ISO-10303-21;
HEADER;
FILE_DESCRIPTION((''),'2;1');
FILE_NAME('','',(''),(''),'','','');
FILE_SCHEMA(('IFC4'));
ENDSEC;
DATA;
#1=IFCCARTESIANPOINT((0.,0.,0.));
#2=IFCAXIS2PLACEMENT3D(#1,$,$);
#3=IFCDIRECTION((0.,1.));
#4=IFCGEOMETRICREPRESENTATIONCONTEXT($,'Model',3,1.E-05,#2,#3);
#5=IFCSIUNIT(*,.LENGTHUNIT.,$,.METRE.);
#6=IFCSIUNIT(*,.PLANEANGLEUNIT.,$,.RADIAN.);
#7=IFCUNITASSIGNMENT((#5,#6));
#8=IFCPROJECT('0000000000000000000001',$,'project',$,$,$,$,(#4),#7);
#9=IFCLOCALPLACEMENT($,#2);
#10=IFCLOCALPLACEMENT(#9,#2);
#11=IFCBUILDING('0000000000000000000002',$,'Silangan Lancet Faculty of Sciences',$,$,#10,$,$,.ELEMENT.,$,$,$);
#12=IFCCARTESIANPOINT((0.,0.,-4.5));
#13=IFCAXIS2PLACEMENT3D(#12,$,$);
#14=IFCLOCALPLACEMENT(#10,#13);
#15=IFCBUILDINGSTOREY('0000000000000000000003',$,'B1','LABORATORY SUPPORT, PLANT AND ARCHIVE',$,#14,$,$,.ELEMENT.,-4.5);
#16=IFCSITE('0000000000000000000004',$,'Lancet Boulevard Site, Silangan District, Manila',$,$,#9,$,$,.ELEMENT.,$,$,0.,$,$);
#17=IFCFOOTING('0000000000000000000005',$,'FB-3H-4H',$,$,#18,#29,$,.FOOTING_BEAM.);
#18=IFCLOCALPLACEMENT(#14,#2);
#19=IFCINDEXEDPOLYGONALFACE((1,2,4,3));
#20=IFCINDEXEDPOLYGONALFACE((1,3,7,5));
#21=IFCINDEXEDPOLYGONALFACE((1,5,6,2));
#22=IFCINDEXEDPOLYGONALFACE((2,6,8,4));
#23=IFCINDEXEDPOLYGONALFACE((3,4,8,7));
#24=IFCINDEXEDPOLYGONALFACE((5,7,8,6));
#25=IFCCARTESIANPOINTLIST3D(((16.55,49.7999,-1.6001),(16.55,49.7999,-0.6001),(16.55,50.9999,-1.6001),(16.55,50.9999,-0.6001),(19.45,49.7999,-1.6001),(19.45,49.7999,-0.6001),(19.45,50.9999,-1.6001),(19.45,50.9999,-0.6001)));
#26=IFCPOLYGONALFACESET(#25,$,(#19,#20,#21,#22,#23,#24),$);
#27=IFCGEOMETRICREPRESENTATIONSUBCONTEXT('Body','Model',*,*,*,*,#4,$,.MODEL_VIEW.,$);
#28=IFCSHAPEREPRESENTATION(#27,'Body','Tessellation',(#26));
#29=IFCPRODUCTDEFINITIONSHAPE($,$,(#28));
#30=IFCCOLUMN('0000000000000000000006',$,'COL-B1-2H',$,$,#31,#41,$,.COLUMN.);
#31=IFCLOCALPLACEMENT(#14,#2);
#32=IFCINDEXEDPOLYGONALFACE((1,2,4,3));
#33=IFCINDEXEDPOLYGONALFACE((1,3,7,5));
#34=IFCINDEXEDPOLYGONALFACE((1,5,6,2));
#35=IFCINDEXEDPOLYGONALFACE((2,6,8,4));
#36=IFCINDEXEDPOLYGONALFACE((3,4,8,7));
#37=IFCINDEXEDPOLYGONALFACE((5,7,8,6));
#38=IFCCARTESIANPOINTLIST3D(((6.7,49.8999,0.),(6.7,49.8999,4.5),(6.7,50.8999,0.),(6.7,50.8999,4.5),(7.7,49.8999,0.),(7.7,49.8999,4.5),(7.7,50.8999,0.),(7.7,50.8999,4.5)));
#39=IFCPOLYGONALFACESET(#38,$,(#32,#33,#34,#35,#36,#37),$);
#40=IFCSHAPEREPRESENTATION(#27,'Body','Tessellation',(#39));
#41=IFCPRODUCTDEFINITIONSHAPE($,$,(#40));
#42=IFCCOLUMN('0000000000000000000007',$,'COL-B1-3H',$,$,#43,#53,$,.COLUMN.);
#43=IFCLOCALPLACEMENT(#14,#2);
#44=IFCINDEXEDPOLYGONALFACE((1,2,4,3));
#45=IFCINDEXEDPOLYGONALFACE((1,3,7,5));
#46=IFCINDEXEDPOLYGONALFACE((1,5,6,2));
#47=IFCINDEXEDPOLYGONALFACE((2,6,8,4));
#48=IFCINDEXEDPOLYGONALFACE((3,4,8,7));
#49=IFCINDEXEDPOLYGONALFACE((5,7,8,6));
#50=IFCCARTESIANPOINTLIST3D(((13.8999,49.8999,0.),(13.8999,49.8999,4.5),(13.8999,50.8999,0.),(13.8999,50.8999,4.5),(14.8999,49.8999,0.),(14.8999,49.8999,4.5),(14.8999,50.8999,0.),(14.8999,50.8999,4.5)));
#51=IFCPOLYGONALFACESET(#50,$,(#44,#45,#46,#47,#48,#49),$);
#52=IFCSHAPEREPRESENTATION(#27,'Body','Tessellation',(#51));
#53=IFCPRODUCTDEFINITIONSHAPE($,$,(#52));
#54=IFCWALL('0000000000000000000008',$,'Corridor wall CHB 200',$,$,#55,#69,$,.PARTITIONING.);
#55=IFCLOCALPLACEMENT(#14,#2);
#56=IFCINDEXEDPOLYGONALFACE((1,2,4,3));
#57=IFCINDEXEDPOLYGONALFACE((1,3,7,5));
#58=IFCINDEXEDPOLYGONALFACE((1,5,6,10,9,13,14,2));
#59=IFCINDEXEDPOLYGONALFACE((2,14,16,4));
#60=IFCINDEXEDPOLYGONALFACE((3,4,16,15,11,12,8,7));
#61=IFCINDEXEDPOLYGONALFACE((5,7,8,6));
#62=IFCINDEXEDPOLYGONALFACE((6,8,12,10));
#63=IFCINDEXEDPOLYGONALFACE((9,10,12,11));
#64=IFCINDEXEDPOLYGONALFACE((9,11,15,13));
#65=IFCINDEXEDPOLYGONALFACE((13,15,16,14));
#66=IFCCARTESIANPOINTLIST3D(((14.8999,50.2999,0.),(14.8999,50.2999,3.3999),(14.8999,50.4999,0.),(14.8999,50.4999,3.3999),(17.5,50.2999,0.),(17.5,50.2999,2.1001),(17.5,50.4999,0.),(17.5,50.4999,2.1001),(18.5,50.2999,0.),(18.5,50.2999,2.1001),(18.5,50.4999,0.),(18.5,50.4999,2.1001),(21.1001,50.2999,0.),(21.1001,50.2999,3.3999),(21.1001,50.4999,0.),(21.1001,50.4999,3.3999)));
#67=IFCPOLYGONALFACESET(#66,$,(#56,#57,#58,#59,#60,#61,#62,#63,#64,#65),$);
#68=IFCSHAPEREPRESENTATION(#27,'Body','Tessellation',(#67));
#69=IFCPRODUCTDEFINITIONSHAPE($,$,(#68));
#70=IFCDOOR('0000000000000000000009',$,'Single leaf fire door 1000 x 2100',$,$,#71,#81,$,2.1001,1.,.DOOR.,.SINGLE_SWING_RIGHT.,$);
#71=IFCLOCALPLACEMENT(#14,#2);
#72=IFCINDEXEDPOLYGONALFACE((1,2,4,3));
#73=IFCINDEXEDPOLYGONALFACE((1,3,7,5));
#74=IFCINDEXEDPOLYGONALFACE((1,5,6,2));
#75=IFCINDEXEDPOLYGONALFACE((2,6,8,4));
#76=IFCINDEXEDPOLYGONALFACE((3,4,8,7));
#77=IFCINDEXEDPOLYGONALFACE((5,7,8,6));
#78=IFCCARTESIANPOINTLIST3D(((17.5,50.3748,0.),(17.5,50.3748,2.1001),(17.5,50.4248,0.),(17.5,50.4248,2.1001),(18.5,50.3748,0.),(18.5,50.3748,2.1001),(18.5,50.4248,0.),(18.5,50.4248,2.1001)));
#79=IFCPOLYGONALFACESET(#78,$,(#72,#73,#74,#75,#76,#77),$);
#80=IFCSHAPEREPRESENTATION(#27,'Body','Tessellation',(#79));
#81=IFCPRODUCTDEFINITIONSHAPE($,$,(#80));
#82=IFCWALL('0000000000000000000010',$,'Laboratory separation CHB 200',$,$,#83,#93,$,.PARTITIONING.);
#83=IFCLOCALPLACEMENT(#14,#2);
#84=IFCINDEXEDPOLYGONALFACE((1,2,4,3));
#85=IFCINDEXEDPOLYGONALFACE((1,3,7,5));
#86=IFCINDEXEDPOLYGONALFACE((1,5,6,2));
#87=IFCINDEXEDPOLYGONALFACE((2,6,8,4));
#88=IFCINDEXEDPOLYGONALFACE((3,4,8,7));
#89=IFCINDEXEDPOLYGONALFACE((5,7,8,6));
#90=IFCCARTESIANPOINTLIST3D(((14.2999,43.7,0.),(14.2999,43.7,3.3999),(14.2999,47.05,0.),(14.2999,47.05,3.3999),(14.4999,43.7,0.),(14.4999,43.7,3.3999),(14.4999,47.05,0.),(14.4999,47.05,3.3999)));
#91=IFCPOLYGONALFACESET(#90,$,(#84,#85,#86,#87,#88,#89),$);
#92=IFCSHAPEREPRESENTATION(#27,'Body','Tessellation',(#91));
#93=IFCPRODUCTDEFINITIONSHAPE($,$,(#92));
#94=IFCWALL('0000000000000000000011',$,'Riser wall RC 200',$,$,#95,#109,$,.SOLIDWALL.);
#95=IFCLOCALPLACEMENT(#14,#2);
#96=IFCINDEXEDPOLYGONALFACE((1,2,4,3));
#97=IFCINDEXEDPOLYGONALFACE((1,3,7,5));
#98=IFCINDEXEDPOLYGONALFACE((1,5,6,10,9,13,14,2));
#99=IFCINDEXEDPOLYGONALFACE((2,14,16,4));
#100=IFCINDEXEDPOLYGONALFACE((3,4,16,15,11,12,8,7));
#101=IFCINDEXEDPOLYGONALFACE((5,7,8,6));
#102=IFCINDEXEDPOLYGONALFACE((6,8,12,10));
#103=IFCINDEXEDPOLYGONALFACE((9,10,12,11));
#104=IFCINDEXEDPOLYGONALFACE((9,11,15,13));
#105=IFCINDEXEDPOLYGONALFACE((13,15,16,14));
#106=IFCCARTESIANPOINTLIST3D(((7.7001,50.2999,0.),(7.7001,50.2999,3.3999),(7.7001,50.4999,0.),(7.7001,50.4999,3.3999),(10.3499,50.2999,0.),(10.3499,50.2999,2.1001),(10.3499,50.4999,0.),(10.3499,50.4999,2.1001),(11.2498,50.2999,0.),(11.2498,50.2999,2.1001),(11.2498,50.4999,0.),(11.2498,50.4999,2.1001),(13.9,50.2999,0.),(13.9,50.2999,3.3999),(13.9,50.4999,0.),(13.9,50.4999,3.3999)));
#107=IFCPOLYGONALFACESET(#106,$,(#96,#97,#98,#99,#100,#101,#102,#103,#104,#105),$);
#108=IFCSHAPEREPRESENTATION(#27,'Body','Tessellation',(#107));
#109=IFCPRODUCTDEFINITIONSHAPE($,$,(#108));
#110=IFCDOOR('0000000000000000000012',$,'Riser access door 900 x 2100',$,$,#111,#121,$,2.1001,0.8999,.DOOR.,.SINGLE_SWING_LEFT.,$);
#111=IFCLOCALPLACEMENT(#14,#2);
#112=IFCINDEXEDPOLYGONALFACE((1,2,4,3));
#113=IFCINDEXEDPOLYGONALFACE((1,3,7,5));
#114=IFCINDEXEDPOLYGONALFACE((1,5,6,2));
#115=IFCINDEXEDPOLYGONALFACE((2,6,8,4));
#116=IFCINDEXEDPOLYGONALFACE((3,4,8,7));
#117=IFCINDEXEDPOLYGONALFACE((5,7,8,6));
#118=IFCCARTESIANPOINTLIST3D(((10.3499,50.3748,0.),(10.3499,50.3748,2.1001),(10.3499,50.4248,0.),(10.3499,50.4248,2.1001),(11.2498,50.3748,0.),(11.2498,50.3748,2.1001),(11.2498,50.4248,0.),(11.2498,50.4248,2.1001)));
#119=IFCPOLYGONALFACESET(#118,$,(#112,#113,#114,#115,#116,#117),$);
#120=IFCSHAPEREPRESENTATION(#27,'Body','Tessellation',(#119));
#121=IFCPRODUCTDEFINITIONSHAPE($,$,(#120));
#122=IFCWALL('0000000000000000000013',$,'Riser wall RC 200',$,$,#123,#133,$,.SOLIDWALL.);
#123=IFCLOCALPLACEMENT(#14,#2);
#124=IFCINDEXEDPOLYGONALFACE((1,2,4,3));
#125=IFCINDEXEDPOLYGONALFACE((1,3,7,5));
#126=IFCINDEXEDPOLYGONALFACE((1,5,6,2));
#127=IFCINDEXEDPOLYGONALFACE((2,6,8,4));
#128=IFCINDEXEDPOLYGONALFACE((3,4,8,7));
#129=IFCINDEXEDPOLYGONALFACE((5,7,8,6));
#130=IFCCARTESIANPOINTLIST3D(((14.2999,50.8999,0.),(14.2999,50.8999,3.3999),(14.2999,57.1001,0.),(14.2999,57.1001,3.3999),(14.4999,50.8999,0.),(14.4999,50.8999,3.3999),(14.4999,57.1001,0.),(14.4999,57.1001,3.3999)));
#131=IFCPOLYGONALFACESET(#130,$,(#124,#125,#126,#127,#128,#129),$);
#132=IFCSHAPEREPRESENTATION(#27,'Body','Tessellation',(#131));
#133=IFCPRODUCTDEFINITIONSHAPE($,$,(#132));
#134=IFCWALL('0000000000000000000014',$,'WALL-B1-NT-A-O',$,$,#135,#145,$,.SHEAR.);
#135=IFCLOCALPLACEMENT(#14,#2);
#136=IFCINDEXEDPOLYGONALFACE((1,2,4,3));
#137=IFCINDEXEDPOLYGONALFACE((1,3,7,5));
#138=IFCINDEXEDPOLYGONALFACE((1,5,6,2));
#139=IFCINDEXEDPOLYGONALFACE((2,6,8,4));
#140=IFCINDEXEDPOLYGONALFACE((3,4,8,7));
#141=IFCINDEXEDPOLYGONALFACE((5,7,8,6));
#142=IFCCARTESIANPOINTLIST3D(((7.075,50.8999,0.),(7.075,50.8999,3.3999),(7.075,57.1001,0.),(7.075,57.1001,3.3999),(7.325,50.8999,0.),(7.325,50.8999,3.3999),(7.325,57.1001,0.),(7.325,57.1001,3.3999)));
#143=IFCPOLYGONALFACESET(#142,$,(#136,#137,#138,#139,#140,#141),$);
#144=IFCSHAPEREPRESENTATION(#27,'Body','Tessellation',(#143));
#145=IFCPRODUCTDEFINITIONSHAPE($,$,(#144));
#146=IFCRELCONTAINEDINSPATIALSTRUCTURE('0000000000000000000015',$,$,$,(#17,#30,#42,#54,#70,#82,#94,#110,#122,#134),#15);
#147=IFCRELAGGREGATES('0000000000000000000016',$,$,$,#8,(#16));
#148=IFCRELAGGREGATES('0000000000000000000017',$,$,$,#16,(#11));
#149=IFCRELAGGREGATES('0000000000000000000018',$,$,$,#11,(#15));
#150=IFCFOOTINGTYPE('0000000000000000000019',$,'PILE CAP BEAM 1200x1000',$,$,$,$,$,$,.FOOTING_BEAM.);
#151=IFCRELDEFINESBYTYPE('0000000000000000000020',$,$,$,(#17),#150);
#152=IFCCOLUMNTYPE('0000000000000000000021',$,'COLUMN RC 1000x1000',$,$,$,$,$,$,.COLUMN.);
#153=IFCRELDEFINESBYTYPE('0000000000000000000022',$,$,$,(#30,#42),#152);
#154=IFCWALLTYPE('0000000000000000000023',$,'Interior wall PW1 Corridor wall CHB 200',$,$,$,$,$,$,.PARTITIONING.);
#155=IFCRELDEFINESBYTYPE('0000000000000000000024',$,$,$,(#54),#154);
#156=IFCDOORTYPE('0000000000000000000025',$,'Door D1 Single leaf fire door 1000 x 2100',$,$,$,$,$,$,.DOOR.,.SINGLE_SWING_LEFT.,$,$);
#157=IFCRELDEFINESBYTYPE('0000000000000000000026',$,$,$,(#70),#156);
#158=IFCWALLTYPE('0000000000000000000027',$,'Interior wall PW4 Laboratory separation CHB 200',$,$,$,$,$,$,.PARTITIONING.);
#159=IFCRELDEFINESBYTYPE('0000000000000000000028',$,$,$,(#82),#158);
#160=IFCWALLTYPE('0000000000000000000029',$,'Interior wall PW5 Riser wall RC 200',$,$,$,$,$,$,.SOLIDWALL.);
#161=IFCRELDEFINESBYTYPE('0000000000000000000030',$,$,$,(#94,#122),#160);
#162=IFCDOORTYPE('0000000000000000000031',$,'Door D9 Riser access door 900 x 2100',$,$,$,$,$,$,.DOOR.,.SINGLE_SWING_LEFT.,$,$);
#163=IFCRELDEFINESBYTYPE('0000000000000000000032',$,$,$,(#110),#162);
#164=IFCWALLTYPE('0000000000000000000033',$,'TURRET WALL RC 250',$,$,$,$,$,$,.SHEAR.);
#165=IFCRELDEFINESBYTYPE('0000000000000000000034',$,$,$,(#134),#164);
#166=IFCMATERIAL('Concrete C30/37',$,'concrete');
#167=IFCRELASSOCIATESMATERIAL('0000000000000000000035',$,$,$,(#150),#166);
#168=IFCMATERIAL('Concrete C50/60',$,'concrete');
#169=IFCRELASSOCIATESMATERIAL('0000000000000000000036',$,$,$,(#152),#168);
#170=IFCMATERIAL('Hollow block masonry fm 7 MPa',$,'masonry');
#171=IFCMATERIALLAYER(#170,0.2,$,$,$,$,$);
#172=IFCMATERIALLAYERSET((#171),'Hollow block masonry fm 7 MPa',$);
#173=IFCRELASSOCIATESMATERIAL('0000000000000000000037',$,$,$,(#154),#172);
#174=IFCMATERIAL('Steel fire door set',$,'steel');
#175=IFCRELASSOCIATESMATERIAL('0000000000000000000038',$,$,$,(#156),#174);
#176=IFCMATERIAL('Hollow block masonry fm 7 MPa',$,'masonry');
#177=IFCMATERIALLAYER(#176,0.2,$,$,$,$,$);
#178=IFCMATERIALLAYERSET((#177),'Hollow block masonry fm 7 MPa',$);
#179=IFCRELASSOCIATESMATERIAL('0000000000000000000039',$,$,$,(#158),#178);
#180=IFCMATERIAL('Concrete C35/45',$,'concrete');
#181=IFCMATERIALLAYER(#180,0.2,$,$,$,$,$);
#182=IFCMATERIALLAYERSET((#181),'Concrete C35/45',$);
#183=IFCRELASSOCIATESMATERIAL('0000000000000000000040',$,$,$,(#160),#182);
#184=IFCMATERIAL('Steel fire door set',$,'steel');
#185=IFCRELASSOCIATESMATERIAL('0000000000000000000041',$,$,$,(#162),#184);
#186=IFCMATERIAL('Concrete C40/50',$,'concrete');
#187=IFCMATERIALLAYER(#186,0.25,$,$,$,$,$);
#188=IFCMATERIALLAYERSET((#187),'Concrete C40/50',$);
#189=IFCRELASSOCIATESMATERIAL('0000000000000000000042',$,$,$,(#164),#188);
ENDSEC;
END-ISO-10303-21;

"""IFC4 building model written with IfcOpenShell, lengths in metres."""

from ifc_helpers import new_model, si_unit, direction, frame, frame_2d, origin, origin_2d, place, context, subcontext, project, spatial, rectangle, extrude, material, layer, layer_set, material_profile, profile_set, type_object, element, fill, save


model = new_model("IFC4")

# Units and contexts
model_context = context("Model", 3, precision=1e-05, world=origin(), true_north=direction((0.0, 1.0)))
body_context = subcontext(model_context, "Body", "Model", "MODEL_VIEW")
ifc_project = project(units=[si_unit("LENGTHUNIT", "METRE"), si_unit("PLANEANGLEUNIT", "RADIAN")], contexts=[model_context])

# Site, building, storey
site_placement = place(None, origin())
site = spatial("IfcSite", under=ifc_project, at=site_placement, Name="Lancet Boulevard Site, Silangan District, Manila", CompositionType="ELEMENT", RefElevation=0.0)
building_placement = place(site_placement, origin())
building = spatial("IfcBuilding", under=site, at=building_placement, Name="Silangan Lancet Faculty of Sciences", CompositionType="ELEMENT")
storey_placement = place(building_placement, frame((0.0, 0.0, -4.5)))
storey = spatial("IfcBuildingStorey", under=building, at=storey_placement, Name="B1", Description="LABORATORY SUPPORT, PLANT AND ARCHIVE", CompositionType="ELEMENT", Elevation=-4.5)

# Footing
ifc_material_1 = material(Name="Concrete C30/37", Category="concrete")
footing_type_1 = type_object("IfcFootingType", Name="PILE CAP BEAM 1200x1000", PredefinedType="FOOTING_BEAM", material=ifc_material_1)
for number, where, z_axis, x_axis, name in (
    (1, (18.0, 50.3999, -1.6001), (0.0, 0.0, 1.0), (1.0, 0.0, 0.0), "FB-3H-4H"),
):
    element("IfcFooting", number, at=place(storey_placement, frame(where, z_axis=z_axis, x_axis=x_axis)), inside=storey, type_object=footing_type_1, Name=name, PredefinedType="FOOTING_BEAM", context=body_context, shape_type="SweptSolid", body=[
        extrude(rectangle(XDim=2.8999, YDim=1.2, at=origin_2d()), origin(), (0.0, 0.0, 1.0), 1.0),
    ])

# Columns
ifc_material_2 = material(Name="Concrete C50/60", Category="concrete")
ifc_material_profile_1 = material_profile(ifc_material_2, rectangle(XDim=1.0, YDim=1.0, at=origin_2d()), Name="RC 1000x1000")
ifc_profile_set_1 = profile_set([ifc_material_profile_1], Name="Concrete C50/60")
column_type = type_object("IfcColumnType", Name="COLUMN RC 1000x1000", PredefinedType="COLUMN", material=ifc_profile_set_1)
for number, where, z_axis, x_axis, name in (
    (2, (7.2, 50.3999, 0.0), (0.0, 0.0, 1.0), (1.0, 0.0, 0.0), "COL-B1-2H"),
    (3, (14.3999, 50.3999, 0.0), (0.0, 0.0, 1.0), (1.0, 0.0, 0.0), "COL-B1-3H"),
):
    element("IfcColumn", number, at=place(storey_placement, frame(where, z_axis=z_axis, x_axis=x_axis)), inside=storey, type_object=column_type, Name=name, PredefinedType="COLUMN", context=body_context, shape_type="SweptSolid", body=[
        extrude(rectangle(XDim=1.0, YDim=1.0, at=origin_2d()), origin(), (0.0, 0.0, 1.0), 4.5),
    ])

# Wall, opening, door
ifc_material_3 = material(Name="Hollow block masonry fm 7 MPa", Category="masonry")
ifc_layer_1 = layer(ifc_material_3, 0.2)
ifc_layer_set_1 = layer_set([ifc_layer_1], Name="Hollow block masonry fm 7 MPa")
wall_type_1 = type_object("IfcWallType", Name="Interior wall PW1 Corridor wall CHB 200", PredefinedType="PARTITIONING", material=ifc_layer_set_1)
wall_1_placement = place(storey_placement, frame((14.8999, 50.3999, 0.0), z_axis=(0.0, 0.0, 1.0), x_axis=(1.0, 0.0, 0.0)))
wall_1 = element("IfcWall", 4, at=wall_1_placement, inside=storey, type_object=wall_type_1, Name="Corridor wall CHB 200", PredefinedType="PARTITIONING", context=body_context, shape_type="SweptSolid", body=[
    extrude(rectangle(XDim=6.2002, YDim=0.2, at=frame_2d((3.1001, 0.0))), origin(), (0.0, 0.0, 1.0), 3.3999),
])
opening_1_placement = place(wall_1_placement, frame((2.6001, 0.0, 0.0)))
opening_1 = element("IfcOpeningElement", 5, at=opening_1_placement, cuts=wall_1, PredefinedType="OPENING", context=body_context, shape_type="SweptSolid", body=[
    extrude(rectangle(XDim=1.0, YDim=2.1001, at=frame_2d((0.5, 1.05))), frame((0.0, 0.1099, 0.0), z_axis=(0.0, -1.0, 0.0), x_axis=(1.0, 0.0, 0.0)), (0.0, 0.0, 1.0), 0.22),
])
ifc_material_4 = material(Name="Steel fire door set", Category="steel")
door_type_1 = type_object("IfcDoorType", Name="Door D1 Single leaf fire door 1000 x 2100", OperationType="SINGLE_SWING_LEFT", PredefinedType="DOOR", material=ifc_material_4)
door_1_placement = place(opening_1_placement, origin())
door_1 = element("IfcDoor", 6, at=door_1_placement, inside=storey, type_object=door_type_1, Name="Single leaf fire door 1000 x 2100", OperationType="SINGLE_SWING_RIGHT", OverallHeight=2.1001, OverallWidth=1.0, PredefinedType="DOOR", context=body_context, shape_type="SweptSolid", body=[
    extrude(rectangle(XDim=1.0, YDim=2.1001, at=frame_2d((0.5, 1.05))), frame((0.0, 0.0249, 0.0), z_axis=(0.0, -1.0, 0.0), x_axis=(1.0, 0.0, 0.0)), (0.0, 0.0, 1.0), 0.05),
])
fill(opening_1, door_1)

# Wall
ifc_material_5 = material(Name="Hollow block masonry fm 7 MPa", Category="masonry")
ifc_layer_2 = layer(ifc_material_5, 0.2)
ifc_layer_set_2 = layer_set([ifc_layer_2], Name="Hollow block masonry fm 7 MPa")
wall_type_2 = type_object("IfcWallType", Name="Interior wall PW4 Laboratory separation CHB 200", PredefinedType="PARTITIONING", material=ifc_layer_set_2)
wall_2_placement = place(storey_placement, frame((14.3999, 43.7, 0.0), z_axis=(0.0, 0.0, 1.0), x_axis=(0.0, 1.0, 0.0)))
element("IfcWall", 7, at=wall_2_placement, inside=storey, type_object=wall_type_2, Name="Laboratory separation CHB 200", PredefinedType="PARTITIONING", context=body_context, shape_type="SweptSolid", body=[
    extrude(rectangle(XDim=3.3501, YDim=0.2, at=frame_2d((1.675, 0.0))), origin(), (0.0, 0.0, 1.0), 3.3999),
])

# Wall, opening, door
ifc_material_6 = material(Name="Concrete C35/45", Category="concrete")
ifc_layer_3 = layer(ifc_material_6, 0.2)
ifc_layer_set_3 = layer_set([ifc_layer_3], Name="Concrete C35/45")
wall_type_3 = type_object("IfcWallType", Name="Interior wall PW5 Riser wall RC 200", PredefinedType="SOLIDWALL", material=ifc_layer_set_3)
wall_3_placement = place(storey_placement, frame((7.7, 50.3999, 0.0), z_axis=(0.0, 0.0, 1.0), x_axis=(1.0, 0.0, 0.0)))
wall_3 = element("IfcWall", 8, at=wall_3_placement, inside=storey, type_object=wall_type_3, Name="Riser wall RC 200", PredefinedType="SOLIDWALL", context=body_context, shape_type="SweptSolid", body=[
    extrude(rectangle(XDim=6.2, YDim=0.2, at=frame_2d((3.1001, 0.0))), origin(), (0.0, 0.0, 1.0), 3.3999),
])
opening_2_placement = place(wall_3_placement, frame((2.6499, 0.0, 0.0)))
opening_2 = element("IfcOpeningElement", 9, at=opening_2_placement, cuts=wall_3, PredefinedType="OPENING", context=body_context, shape_type="SweptSolid", body=[
    extrude(rectangle(XDim=0.8999, YDim=2.1001, at=frame_2d((0.45, 1.05))), frame((0.0, 0.1099, 0.0), z_axis=(0.0, -1.0, 0.0), x_axis=(1.0, 0.0, 0.0)), (0.0, 0.0, 1.0), 0.22),
])
ifc_material_7 = material(Name="Steel fire door set", Category="steel")
door_type_2 = type_object("IfcDoorType", Name="Door D9 Riser access door 900 x 2100", OperationType="SINGLE_SWING_LEFT", PredefinedType="DOOR", material=ifc_material_7)
door_2_placement = place(opening_2_placement, origin())
door_2 = element("IfcDoor", 10, at=door_2_placement, inside=storey, type_object=door_type_2, Name="Riser access door 900 x 2100", OperationType="SINGLE_SWING_LEFT", OverallHeight=2.1001, OverallWidth=0.8999, PredefinedType="DOOR", context=body_context, shape_type="SweptSolid", body=[
    extrude(rectangle(XDim=0.8999, YDim=2.1001, at=frame_2d((0.45, 1.05))), frame((0.0, 0.0249, 0.0), z_axis=(0.0, -1.0, 0.0), x_axis=(1.0, 0.0, 0.0)), (0.0, 0.0, 1.0), 0.05),
])
fill(opening_2, door_2)

# Wall
wall_4_placement = place(storey_placement, frame((14.3999, 50.8999, 0.0), z_axis=(0.0, 0.0, 1.0), x_axis=(0.0, 1.0, 0.0)))
element("IfcWall", 11, at=wall_4_placement, inside=storey, type_object=wall_type_3, Name="Riser wall RC 200", PredefinedType="SOLIDWALL", context=body_context, shape_type="SweptSolid", body=[
    extrude(rectangle(XDim=6.2002, YDim=0.2, at=frame_2d((3.1001, 0.0))), origin(), (0.0, 0.0, 1.0), 3.3999),
])

# Wall
ifc_material_8 = material(Name="Concrete C40/50", Category="concrete")
ifc_layer_4 = layer(ifc_material_8, 0.25)
ifc_layer_set_4 = layer_set([ifc_layer_4], Name="Concrete C40/50")
wall_type_4 = type_object("IfcWallType", Name="TURRET WALL RC 250", PredefinedType="SHEAR", material=ifc_layer_set_4)
wall_5_placement = place(storey_placement, frame((7.2, 50.8999, 0.0), z_axis=(0.0, 0.0, 1.0), x_axis=(0.0, 1.0, 0.0)))
element("IfcWall", 12, at=wall_5_placement, inside=storey, type_object=wall_type_4, Name="WALL-B1-NT-A-O", PredefinedType="SHEAR", context=body_context, shape_type="SweptSolid", body=[
    extrude(rectangle(XDim=6.2002, YDim=0.25, at=frame_2d((3.1001, 0.0))), origin(), (0.0, 0.0, 1.0), 3.3999),
])

save(model, "model.ifc")
